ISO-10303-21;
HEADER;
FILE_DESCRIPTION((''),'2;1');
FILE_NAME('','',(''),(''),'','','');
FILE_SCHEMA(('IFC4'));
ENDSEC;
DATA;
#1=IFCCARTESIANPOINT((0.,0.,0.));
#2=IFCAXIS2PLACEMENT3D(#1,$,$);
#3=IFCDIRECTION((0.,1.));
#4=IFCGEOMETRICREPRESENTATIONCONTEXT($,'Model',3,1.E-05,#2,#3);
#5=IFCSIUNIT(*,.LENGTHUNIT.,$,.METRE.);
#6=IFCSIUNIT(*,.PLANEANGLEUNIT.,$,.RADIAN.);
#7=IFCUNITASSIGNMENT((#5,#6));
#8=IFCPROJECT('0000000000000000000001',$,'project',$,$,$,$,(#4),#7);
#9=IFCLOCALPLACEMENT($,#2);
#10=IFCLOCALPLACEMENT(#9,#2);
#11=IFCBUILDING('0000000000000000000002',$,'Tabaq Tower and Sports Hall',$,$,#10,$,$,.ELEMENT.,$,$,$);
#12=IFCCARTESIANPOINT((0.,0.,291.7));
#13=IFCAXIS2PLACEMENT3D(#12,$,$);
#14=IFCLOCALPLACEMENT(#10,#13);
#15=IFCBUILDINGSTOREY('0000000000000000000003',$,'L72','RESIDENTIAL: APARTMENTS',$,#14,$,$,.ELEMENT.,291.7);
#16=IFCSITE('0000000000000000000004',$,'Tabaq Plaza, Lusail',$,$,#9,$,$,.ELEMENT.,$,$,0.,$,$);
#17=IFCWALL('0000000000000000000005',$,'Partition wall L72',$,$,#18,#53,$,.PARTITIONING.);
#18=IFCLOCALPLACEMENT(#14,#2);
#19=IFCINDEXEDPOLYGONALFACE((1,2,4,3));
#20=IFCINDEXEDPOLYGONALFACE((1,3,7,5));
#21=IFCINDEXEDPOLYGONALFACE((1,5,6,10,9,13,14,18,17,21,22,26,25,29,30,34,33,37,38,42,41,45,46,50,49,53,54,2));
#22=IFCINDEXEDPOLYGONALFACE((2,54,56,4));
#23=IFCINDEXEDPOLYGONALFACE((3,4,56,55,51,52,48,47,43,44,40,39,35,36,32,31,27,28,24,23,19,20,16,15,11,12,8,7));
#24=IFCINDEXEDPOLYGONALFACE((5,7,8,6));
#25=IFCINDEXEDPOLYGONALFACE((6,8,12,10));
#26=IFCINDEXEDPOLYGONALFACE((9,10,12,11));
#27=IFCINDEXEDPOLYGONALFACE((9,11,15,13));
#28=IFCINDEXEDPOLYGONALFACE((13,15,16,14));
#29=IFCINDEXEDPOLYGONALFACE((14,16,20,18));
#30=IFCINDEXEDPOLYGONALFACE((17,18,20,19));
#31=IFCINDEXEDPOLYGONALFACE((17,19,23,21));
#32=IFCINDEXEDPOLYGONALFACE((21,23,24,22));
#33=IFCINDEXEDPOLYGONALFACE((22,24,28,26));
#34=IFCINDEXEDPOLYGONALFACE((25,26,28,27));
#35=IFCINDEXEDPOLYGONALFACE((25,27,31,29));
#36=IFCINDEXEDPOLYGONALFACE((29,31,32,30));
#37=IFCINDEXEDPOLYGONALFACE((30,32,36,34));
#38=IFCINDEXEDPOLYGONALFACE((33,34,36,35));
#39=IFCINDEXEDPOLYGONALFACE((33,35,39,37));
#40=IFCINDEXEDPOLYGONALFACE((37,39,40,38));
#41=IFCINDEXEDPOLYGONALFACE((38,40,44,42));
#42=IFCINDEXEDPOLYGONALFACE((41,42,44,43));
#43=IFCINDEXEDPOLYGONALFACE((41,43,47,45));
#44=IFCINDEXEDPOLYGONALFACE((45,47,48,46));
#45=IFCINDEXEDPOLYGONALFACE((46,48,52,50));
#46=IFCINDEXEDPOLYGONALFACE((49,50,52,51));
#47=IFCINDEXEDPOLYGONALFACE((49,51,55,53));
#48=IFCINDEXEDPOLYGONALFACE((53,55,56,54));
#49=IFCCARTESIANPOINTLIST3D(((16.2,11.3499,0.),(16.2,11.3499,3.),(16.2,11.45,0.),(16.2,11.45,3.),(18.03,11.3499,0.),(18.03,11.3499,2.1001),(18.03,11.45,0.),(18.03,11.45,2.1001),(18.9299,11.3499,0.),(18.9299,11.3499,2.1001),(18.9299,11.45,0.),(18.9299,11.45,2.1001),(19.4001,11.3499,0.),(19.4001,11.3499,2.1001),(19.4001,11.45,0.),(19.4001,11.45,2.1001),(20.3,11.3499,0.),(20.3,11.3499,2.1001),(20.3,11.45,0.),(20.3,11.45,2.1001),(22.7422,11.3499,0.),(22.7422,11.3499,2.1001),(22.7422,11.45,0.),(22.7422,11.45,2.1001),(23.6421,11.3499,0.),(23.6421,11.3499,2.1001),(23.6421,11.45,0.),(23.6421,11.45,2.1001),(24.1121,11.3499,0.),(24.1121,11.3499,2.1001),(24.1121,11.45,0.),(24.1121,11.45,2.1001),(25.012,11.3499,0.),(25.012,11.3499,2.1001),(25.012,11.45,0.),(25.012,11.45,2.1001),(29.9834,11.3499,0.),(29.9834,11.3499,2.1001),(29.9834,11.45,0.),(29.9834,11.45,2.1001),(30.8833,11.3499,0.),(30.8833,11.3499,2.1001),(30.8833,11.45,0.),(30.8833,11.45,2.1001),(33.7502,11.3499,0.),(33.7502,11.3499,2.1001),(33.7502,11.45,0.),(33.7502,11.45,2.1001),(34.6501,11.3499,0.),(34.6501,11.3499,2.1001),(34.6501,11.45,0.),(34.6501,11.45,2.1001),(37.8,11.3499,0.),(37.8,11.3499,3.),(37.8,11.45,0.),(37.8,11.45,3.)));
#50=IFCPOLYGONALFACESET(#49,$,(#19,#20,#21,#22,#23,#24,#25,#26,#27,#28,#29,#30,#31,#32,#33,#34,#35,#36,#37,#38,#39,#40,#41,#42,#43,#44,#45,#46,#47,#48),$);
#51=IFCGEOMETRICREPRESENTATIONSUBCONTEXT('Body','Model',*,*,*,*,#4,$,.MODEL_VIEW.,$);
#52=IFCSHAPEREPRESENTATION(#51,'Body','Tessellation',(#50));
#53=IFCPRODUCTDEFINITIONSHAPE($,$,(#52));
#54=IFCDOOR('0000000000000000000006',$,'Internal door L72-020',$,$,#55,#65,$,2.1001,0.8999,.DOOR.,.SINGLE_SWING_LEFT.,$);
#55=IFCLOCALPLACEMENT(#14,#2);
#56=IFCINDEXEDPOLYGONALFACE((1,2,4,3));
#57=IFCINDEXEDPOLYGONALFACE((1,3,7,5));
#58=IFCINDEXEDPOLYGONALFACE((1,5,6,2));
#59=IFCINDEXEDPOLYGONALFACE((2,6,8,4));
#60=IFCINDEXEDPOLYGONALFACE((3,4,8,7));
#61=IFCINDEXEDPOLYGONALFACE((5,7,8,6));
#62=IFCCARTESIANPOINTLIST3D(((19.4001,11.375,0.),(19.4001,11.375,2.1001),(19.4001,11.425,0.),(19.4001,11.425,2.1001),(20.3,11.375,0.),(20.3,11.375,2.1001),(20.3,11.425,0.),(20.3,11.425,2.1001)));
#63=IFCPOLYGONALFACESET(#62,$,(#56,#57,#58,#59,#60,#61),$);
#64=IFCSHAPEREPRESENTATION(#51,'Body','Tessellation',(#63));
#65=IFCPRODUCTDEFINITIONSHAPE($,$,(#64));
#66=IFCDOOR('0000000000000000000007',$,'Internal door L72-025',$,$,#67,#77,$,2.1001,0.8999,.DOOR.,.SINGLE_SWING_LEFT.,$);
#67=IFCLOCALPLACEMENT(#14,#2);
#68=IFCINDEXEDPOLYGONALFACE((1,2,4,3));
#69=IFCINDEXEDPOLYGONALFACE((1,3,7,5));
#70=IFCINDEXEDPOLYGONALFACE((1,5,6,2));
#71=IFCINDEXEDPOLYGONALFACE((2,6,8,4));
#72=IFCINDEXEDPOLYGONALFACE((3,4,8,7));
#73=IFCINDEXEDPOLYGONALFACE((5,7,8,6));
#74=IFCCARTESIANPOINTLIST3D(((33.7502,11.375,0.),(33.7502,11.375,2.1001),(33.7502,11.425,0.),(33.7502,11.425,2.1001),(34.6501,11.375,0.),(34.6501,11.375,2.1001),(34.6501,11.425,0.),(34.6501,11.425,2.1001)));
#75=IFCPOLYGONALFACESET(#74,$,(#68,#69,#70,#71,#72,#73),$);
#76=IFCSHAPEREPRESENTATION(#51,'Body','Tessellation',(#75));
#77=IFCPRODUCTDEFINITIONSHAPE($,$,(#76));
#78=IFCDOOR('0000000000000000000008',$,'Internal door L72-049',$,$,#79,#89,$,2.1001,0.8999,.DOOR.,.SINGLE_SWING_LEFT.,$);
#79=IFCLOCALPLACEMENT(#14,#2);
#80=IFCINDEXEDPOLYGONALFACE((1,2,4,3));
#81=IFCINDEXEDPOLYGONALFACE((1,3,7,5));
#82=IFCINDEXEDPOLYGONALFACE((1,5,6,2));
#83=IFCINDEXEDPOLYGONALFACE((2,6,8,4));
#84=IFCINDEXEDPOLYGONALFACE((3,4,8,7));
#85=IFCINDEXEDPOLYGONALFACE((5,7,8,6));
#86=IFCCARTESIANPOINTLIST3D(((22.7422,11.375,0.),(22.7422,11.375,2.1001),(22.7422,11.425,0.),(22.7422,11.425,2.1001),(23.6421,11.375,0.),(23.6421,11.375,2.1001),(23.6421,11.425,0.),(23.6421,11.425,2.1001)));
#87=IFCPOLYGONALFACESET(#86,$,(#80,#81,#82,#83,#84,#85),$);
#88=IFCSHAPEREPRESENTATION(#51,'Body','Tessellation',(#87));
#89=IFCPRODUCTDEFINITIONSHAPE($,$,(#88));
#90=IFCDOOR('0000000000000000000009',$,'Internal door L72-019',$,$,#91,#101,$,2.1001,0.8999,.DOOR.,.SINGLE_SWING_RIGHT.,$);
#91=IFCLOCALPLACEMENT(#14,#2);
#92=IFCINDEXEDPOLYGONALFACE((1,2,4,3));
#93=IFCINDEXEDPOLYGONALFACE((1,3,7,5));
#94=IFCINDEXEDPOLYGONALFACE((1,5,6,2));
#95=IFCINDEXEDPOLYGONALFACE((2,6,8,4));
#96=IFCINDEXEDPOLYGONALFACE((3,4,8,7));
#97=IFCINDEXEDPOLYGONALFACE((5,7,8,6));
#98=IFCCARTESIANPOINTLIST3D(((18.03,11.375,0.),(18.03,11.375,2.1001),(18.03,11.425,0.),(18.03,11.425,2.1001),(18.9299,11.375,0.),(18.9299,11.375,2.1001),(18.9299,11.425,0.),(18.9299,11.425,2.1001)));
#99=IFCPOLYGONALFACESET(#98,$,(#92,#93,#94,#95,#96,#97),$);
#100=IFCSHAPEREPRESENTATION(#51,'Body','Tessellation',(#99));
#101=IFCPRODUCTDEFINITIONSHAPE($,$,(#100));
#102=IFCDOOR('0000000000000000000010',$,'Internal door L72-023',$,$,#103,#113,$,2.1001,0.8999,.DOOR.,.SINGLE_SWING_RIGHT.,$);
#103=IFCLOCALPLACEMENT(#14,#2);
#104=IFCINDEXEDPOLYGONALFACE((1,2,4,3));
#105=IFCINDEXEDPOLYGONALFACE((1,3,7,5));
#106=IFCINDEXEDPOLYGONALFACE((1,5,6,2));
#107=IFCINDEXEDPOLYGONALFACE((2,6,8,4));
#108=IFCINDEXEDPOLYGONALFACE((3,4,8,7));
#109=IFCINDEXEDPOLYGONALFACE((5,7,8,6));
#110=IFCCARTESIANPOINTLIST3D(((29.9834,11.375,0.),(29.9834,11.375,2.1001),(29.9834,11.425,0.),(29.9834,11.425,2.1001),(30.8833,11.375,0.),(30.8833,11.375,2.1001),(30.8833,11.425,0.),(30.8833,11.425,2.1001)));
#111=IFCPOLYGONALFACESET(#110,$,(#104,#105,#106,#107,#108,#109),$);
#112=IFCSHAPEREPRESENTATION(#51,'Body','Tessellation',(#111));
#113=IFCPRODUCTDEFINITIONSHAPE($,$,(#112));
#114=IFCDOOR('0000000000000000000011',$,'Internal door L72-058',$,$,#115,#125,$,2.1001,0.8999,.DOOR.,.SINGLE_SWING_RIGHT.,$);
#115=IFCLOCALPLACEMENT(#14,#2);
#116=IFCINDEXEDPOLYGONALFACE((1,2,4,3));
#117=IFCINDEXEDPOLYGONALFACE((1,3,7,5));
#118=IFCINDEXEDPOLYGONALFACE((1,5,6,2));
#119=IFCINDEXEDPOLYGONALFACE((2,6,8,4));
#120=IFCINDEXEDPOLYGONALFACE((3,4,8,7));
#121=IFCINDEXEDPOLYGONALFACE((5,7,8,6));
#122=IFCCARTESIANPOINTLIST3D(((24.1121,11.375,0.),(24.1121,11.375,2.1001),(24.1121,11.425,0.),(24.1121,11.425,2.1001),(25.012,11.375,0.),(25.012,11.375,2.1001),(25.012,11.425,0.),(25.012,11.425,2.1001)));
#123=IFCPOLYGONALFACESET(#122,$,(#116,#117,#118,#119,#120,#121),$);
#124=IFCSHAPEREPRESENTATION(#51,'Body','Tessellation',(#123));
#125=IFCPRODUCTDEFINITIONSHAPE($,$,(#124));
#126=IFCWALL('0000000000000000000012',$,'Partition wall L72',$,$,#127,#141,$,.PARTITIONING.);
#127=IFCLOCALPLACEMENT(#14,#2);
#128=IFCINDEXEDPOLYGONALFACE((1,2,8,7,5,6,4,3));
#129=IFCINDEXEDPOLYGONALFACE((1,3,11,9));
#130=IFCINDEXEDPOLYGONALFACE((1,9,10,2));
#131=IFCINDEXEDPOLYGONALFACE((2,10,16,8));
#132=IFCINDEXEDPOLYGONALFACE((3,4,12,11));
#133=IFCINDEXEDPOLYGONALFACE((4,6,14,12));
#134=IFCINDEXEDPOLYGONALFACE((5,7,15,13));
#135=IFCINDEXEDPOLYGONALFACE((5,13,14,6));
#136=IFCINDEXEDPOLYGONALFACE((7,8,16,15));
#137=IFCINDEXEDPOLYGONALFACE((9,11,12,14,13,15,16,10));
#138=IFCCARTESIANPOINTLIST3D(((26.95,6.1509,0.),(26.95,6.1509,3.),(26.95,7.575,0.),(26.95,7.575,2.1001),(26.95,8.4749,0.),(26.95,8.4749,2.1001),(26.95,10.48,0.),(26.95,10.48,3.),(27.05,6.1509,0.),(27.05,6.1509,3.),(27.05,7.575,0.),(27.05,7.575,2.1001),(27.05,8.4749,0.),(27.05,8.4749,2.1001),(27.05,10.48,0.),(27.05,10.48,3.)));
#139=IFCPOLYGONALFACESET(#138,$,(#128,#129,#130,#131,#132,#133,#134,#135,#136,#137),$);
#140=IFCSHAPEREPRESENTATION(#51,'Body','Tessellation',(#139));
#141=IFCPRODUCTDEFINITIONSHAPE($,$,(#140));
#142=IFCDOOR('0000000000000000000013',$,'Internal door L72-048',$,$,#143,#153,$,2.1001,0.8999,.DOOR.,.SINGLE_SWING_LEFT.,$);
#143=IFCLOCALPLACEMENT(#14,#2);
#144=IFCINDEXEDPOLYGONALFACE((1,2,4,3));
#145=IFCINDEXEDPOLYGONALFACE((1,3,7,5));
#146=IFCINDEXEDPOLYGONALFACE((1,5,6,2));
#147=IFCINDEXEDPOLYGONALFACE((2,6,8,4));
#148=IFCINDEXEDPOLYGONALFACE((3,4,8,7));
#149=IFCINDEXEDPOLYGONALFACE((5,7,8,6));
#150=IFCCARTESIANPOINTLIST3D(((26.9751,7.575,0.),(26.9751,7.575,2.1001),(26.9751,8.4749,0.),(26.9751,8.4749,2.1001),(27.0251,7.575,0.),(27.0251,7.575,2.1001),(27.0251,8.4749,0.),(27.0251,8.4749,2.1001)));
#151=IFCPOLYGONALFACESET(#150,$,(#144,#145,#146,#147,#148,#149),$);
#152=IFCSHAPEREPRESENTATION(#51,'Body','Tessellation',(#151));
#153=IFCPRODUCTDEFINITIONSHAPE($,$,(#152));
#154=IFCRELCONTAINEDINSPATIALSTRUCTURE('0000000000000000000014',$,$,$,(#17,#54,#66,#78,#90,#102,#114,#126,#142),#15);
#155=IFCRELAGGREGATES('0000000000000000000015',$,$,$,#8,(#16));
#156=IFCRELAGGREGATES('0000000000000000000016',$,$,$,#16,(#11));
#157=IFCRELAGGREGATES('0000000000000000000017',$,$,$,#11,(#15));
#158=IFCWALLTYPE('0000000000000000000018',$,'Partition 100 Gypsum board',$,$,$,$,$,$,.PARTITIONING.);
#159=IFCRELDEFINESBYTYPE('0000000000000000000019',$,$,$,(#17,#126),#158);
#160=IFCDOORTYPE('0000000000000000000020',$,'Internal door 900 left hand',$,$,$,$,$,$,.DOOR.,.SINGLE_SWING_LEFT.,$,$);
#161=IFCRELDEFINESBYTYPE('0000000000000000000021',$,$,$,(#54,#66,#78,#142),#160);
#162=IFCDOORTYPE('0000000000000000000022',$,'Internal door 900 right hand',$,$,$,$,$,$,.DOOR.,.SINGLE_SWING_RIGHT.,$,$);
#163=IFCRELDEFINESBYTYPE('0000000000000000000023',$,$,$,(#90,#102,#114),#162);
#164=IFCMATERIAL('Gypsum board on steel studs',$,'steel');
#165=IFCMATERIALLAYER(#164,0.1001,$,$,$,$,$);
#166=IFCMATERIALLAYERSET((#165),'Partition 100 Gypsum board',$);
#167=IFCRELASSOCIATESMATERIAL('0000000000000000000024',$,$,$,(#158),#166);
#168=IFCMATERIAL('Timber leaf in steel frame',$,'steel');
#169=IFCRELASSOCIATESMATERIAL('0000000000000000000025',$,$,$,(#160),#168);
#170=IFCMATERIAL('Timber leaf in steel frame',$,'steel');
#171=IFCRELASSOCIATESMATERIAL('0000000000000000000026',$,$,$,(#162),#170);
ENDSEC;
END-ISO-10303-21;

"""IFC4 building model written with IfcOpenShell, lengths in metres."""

from ifc_helpers import new_model, si_unit, direction, frame, frame_2d, origin, place, context, subcontext, project, spatial, rectangle, extrude, material, layer, layer_set, type_object, element, fill, save


model = new_model("IFC4")

# Units and contexts
model_context = context("Model", 3, precision=1e-05, world=origin(), true_north=direction((0.0, 1.0)))
body_context = subcontext(model_context, "Body", "Model", "MODEL_VIEW")
ifc_project = project(units=[si_unit("LENGTHUNIT", "METRE"), si_unit("PLANEANGLEUNIT", "RADIAN")], contexts=[model_context])

# Site, building, storey
site_placement = place(None, origin())
site = spatial("IfcSite", under=ifc_project, at=site_placement, Name="Tabaq Plaza, Lusail", CompositionType="ELEMENT", RefElevation=0.0)
building_placement = place(site_placement, origin())
building = spatial("IfcBuilding", under=site, at=building_placement, Name="Tabaq Tower and Sports Hall", CompositionType="ELEMENT")
storey_placement = place(building_placement, frame((0.0, 0.0, 291.7)))
storey = spatial("IfcBuildingStorey", under=building, at=storey_placement, Name="L72", Description="RESIDENTIAL: APARTMENTS", CompositionType="ELEMENT", Elevation=291.7)

# Wall, openings, doors
ifc_material_1 = material(Name="Gypsum board on steel studs", Category="steel")
ifc_layer_1 = layer(ifc_material_1, 0.1001)
ifc_layer_set_1 = layer_set([ifc_layer_1], Name="Partition 100 Gypsum board")
wall_type_1 = type_object("IfcWallType", Name="Partition 100 Gypsum board", PredefinedType="PARTITIONING", material=ifc_layer_set_1)
wall_1_placement = place(storey_placement, frame((37.8, 11.3999, 0.0), z_axis=(0.0, 0.0, 1.0), x_axis=(-1.0, 0.0, 0.0)))
wall_1 = element("IfcWall", 1, at=wall_1_placement, inside=storey, type_object=wall_type_1, Name="Partition wall L72", PredefinedType="PARTITIONING", context=body_context, shape_type="SweptSolid", body=[
    extrude(rectangle(XDim=21.6001, YDim=0.1001, at=frame_2d((10.8, 0.0))), origin(), (0.0, 0.0, 1.0), 3.0),
])
opening_1_placement = place(wall_1_placement, frame((18.8701, 0.0, 0.0)))
opening_1 = element("IfcOpeningElement", 2, at=opening_1_placement, cuts=wall_1, PredefinedType="OPENING", context=body_context, shape_type="SweptSolid", body=[
    extrude(rectangle(XDim=0.8999, YDim=2.1001, at=frame_2d((0.45, 1.05))), frame((0.0, 0.05, 0.0), z_axis=(0.0, -1.0, 0.0), x_axis=(1.0, 0.0, 0.0)), (0.0, 0.0, 1.0), 0.1001),
])
opening_2_placement = place(wall_1_placement, frame((17.5, 0.0, 0.0)))
opening_2 = element("IfcOpeningElement", 3, at=opening_2_placement, cuts=wall_1, PredefinedType="OPENING", context=body_context, shape_type="SweptSolid", body=[
    extrude(rectangle(XDim=0.8999, YDim=2.1001, at=frame_2d((0.45, 1.05))), frame((0.0, 0.05, 0.0), z_axis=(0.0, -1.0, 0.0), x_axis=(1.0, 0.0, 0.0)), (0.0, 0.0, 1.0), 0.1001),
])
opening_3_placement = place(wall_1_placement, frame((6.9167, 0.0, 0.0)))
opening_3 = element("IfcOpeningElement", 4, at=opening_3_placement, cuts=wall_1, PredefinedType="OPENING", context=body_context, shape_type="SweptSolid", body=[
    extrude(rectangle(XDim=0.8999, YDim=2.1001, at=frame_2d((0.45, 1.05))), frame((0.0, 0.05, 0.0), z_axis=(0.0, -1.0, 0.0), x_axis=(1.0, 0.0, 0.0)), (0.0, 0.0, 1.0), 0.1001),
])
opening_4_placement = place(wall_1_placement, frame((3.1499, 0.0, 0.0)))
opening_4 = element("IfcOpeningElement", 5, at=opening_4_placement, cuts=wall_1, PredefinedType="OPENING", context=body_context, shape_type="SweptSolid", body=[
    extrude(rectangle(XDim=0.8999, YDim=2.1001, at=frame_2d((0.45, 1.05))), frame((0.0, 0.05, 0.0), z_axis=(0.0, -1.0, 0.0), x_axis=(1.0, 0.0, 0.0)), (0.0, 0.0, 1.0), 0.1001),
])
opening_5_placement = place(wall_1_placement, frame((14.158, 0.0, 0.0)))
opening_5 = element("IfcOpeningElement", 6, at=opening_5_placement, cuts=wall_1, PredefinedType="OPENING", context=body_context, shape_type="SweptSolid", body=[
    extrude(rectangle(XDim=0.8999, YDim=2.1001, at=frame_2d((0.45, 1.05))), frame((0.0, 0.05, 0.0), z_axis=(0.0, -1.0, 0.0), x_axis=(1.0, 0.0, 0.0)), (0.0, 0.0, 1.0), 0.1001),
])
opening_6_placement = place(wall_1_placement, frame((12.7881, 0.0, 0.0)))
opening_6 = element("IfcOpeningElement", 7, at=opening_6_placement, cuts=wall_1, PredefinedType="OPENING", context=body_context, shape_type="SweptSolid", body=[
    extrude(rectangle(XDim=0.8999, YDim=2.1001, at=frame_2d((0.45, 1.05))), frame((0.0, 0.05, 0.0), z_axis=(0.0, -1.0, 0.0), x_axis=(1.0, 0.0, 0.0)), (0.0, 0.0, 1.0), 0.1001),
])
ifc_material_2 = material(Name="Timber leaf in steel frame", Category="steel")
door_type_1 = type_object("IfcDoorType", Name="Internal door 900 left hand", OperationType="SINGLE_SWING_LEFT", PredefinedType="DOOR", material=ifc_material_2)
door_1_placement = place(opening_2_placement, origin())
door_1 = element("IfcDoor", 8, at=door_1_placement, inside=storey, type_object=door_type_1, Name="Internal door L72-020", OperationType="SINGLE_SWING_LEFT", OverallHeight=2.1001, OverallWidth=0.8999, PredefinedType="DOOR", context=body_context, shape_type="SweptSolid", body=[
    extrude(rectangle(XDim=0.8999, YDim=2.1001, at=frame_2d((0.45, 1.05))), frame((0.0, 0.0249, 0.0), z_axis=(0.0, -1.0, 0.0), x_axis=(1.0, 0.0, 0.0)), (0.0, 0.0, 1.0), 0.05),
])
fill(opening_2, door_1)
door_2_placement = place(opening_4_placement, origin())
door_2 = element("IfcDoor", 9, at=door_2_placement, inside=storey, type_object=door_type_1, Name="Internal door L72-025", OperationType="SINGLE_SWING_LEFT", OverallHeight=2.1001, OverallWidth=0.8999, PredefinedType="DOOR", context=body_context, shape_type="SweptSolid", body=[
    extrude(rectangle(XDim=0.8999, YDim=2.1001, at=frame_2d((0.45, 1.05))), frame((0.0, 0.0249, 0.0), z_axis=(0.0, -1.0, 0.0), x_axis=(1.0, 0.0, 0.0)), (0.0, 0.0, 1.0), 0.05),
])
fill(opening_4, door_2)
door_3_placement = place(opening_5_placement, origin())
door_3 = element("IfcDoor", 10, at=door_3_placement, inside=storey, type_object=door_type_1, Name="Internal door L72-049", OperationType="SINGLE_SWING_LEFT", OverallHeight=2.1001, OverallWidth=0.8999, PredefinedType="DOOR", context=body_context, shape_type="SweptSolid", body=[
    extrude(rectangle(XDim=0.8999, YDim=2.1001, at=frame_2d((0.45, 1.05))), frame((0.0, 0.0249, 0.0), z_axis=(0.0, -1.0, 0.0), x_axis=(1.0, 0.0, 0.0)), (0.0, 0.0, 1.0), 0.05),
])
fill(opening_5, door_3)
ifc_material_3 = material(Name="Timber leaf in steel frame", Category="steel")
door_type_2 = type_object("IfcDoorType", Name="Internal door 900 right hand", OperationType="SINGLE_SWING_RIGHT", PredefinedType="DOOR", material=ifc_material_3)
door_4_placement = place(opening_1_placement, origin())
door_4 = element("IfcDoor", 11, at=door_4_placement, inside=storey, type_object=door_type_2, Name="Internal door L72-019", OperationType="SINGLE_SWING_RIGHT", OverallHeight=2.1001, OverallWidth=0.8999, PredefinedType="DOOR", context=body_context, shape_type="SweptSolid", body=[
    extrude(rectangle(XDim=0.8999, YDim=2.1001, at=frame_2d((0.45, 1.05))), frame((0.0, 0.0249, 0.0), z_axis=(0.0, -1.0, 0.0), x_axis=(1.0, 0.0, 0.0)), (0.0, 0.0, 1.0), 0.05),
])
fill(opening_1, door_4)
door_5_placement = place(opening_3_placement, origin())
door_5 = element("IfcDoor", 12, at=door_5_placement, inside=storey, type_object=door_type_2, Name="Internal door L72-023", OperationType="SINGLE_SWING_RIGHT", OverallHeight=2.1001, OverallWidth=0.8999, PredefinedType="DOOR", context=body_context, shape_type="SweptSolid", body=[
    extrude(rectangle(XDim=0.8999, YDim=2.1001, at=frame_2d((0.45, 1.05))), frame((0.0, 0.0249, 0.0), z_axis=(0.0, -1.0, 0.0), x_axis=(1.0, 0.0, 0.0)), (0.0, 0.0, 1.0), 0.05),
])
fill(opening_3, door_5)
door_6_placement = place(opening_6_placement, origin())
door_6 = element("IfcDoor", 13, at=door_6_placement, inside=storey, type_object=door_type_2, Name="Internal door L72-058", OperationType="SINGLE_SWING_RIGHT", OverallHeight=2.1001, OverallWidth=0.8999, PredefinedType="DOOR", context=body_context, shape_type="SweptSolid", body=[
    extrude(rectangle(XDim=0.8999, YDim=2.1001, at=frame_2d((0.45, 1.05))), frame((0.0, 0.0249, 0.0), z_axis=(0.0, -1.0, 0.0), x_axis=(1.0, 0.0, 0.0)), (0.0, 0.0, 1.0), 0.05),
])
fill(opening_6, door_6)

# Wall, opening, door
wall_2_placement = place(storey_placement, frame((27.0, 6.1509, 0.0), z_axis=(0.0, 0.0, 1.0), x_axis=(0.0, 1.0, 0.0)))
wall_2 = element("IfcWall", 14, at=wall_2_placement, inside=storey, type_object=wall_type_1, Name="Partition wall L72", PredefinedType="PARTITIONING", context=body_context, shape_type="SweptSolid", body=[
    extrude(rectangle(XDim=4.3291, YDim=0.1001, at=frame_2d((2.1646, 0.0))), origin(), (0.0, 0.0, 1.0), 3.0),
])
opening_7_placement = place(wall_2_placement, frame((1.4241, 0.0, 0.0)))
opening_7 = element("IfcOpeningElement", 15, at=opening_7_placement, cuts=wall_2, PredefinedType="OPENING", context=body_context, shape_type="SweptSolid", body=[
    extrude(rectangle(XDim=0.8999, YDim=2.1001, at=frame_2d((0.45, 1.05))), frame((0.0, 0.05, 0.0), z_axis=(0.0, -1.0, 0.0), x_axis=(1.0, 0.0, 0.0)), (0.0, 0.0, 1.0), 0.1001),
])
door_7_placement = place(opening_7_placement, origin())
door_7 = element("IfcDoor", 16, at=door_7_placement, inside=storey, type_object=door_type_1, Name="Internal door L72-048", OperationType="SINGLE_SWING_LEFT", OverallHeight=2.1001, OverallWidth=0.8999, PredefinedType="DOOR", context=body_context, shape_type="SweptSolid", body=[
    extrude(rectangle(XDim=0.8999, YDim=2.1001, at=frame_2d((0.45, 1.05))), frame((0.0, 0.0249, 0.0), z_axis=(0.0, -1.0, 0.0), x_axis=(1.0, 0.0, 0.0)), (0.0, 0.0, 1.0), 0.05),
])
fill(opening_7, door_7)

save(model, "model.ifc")
